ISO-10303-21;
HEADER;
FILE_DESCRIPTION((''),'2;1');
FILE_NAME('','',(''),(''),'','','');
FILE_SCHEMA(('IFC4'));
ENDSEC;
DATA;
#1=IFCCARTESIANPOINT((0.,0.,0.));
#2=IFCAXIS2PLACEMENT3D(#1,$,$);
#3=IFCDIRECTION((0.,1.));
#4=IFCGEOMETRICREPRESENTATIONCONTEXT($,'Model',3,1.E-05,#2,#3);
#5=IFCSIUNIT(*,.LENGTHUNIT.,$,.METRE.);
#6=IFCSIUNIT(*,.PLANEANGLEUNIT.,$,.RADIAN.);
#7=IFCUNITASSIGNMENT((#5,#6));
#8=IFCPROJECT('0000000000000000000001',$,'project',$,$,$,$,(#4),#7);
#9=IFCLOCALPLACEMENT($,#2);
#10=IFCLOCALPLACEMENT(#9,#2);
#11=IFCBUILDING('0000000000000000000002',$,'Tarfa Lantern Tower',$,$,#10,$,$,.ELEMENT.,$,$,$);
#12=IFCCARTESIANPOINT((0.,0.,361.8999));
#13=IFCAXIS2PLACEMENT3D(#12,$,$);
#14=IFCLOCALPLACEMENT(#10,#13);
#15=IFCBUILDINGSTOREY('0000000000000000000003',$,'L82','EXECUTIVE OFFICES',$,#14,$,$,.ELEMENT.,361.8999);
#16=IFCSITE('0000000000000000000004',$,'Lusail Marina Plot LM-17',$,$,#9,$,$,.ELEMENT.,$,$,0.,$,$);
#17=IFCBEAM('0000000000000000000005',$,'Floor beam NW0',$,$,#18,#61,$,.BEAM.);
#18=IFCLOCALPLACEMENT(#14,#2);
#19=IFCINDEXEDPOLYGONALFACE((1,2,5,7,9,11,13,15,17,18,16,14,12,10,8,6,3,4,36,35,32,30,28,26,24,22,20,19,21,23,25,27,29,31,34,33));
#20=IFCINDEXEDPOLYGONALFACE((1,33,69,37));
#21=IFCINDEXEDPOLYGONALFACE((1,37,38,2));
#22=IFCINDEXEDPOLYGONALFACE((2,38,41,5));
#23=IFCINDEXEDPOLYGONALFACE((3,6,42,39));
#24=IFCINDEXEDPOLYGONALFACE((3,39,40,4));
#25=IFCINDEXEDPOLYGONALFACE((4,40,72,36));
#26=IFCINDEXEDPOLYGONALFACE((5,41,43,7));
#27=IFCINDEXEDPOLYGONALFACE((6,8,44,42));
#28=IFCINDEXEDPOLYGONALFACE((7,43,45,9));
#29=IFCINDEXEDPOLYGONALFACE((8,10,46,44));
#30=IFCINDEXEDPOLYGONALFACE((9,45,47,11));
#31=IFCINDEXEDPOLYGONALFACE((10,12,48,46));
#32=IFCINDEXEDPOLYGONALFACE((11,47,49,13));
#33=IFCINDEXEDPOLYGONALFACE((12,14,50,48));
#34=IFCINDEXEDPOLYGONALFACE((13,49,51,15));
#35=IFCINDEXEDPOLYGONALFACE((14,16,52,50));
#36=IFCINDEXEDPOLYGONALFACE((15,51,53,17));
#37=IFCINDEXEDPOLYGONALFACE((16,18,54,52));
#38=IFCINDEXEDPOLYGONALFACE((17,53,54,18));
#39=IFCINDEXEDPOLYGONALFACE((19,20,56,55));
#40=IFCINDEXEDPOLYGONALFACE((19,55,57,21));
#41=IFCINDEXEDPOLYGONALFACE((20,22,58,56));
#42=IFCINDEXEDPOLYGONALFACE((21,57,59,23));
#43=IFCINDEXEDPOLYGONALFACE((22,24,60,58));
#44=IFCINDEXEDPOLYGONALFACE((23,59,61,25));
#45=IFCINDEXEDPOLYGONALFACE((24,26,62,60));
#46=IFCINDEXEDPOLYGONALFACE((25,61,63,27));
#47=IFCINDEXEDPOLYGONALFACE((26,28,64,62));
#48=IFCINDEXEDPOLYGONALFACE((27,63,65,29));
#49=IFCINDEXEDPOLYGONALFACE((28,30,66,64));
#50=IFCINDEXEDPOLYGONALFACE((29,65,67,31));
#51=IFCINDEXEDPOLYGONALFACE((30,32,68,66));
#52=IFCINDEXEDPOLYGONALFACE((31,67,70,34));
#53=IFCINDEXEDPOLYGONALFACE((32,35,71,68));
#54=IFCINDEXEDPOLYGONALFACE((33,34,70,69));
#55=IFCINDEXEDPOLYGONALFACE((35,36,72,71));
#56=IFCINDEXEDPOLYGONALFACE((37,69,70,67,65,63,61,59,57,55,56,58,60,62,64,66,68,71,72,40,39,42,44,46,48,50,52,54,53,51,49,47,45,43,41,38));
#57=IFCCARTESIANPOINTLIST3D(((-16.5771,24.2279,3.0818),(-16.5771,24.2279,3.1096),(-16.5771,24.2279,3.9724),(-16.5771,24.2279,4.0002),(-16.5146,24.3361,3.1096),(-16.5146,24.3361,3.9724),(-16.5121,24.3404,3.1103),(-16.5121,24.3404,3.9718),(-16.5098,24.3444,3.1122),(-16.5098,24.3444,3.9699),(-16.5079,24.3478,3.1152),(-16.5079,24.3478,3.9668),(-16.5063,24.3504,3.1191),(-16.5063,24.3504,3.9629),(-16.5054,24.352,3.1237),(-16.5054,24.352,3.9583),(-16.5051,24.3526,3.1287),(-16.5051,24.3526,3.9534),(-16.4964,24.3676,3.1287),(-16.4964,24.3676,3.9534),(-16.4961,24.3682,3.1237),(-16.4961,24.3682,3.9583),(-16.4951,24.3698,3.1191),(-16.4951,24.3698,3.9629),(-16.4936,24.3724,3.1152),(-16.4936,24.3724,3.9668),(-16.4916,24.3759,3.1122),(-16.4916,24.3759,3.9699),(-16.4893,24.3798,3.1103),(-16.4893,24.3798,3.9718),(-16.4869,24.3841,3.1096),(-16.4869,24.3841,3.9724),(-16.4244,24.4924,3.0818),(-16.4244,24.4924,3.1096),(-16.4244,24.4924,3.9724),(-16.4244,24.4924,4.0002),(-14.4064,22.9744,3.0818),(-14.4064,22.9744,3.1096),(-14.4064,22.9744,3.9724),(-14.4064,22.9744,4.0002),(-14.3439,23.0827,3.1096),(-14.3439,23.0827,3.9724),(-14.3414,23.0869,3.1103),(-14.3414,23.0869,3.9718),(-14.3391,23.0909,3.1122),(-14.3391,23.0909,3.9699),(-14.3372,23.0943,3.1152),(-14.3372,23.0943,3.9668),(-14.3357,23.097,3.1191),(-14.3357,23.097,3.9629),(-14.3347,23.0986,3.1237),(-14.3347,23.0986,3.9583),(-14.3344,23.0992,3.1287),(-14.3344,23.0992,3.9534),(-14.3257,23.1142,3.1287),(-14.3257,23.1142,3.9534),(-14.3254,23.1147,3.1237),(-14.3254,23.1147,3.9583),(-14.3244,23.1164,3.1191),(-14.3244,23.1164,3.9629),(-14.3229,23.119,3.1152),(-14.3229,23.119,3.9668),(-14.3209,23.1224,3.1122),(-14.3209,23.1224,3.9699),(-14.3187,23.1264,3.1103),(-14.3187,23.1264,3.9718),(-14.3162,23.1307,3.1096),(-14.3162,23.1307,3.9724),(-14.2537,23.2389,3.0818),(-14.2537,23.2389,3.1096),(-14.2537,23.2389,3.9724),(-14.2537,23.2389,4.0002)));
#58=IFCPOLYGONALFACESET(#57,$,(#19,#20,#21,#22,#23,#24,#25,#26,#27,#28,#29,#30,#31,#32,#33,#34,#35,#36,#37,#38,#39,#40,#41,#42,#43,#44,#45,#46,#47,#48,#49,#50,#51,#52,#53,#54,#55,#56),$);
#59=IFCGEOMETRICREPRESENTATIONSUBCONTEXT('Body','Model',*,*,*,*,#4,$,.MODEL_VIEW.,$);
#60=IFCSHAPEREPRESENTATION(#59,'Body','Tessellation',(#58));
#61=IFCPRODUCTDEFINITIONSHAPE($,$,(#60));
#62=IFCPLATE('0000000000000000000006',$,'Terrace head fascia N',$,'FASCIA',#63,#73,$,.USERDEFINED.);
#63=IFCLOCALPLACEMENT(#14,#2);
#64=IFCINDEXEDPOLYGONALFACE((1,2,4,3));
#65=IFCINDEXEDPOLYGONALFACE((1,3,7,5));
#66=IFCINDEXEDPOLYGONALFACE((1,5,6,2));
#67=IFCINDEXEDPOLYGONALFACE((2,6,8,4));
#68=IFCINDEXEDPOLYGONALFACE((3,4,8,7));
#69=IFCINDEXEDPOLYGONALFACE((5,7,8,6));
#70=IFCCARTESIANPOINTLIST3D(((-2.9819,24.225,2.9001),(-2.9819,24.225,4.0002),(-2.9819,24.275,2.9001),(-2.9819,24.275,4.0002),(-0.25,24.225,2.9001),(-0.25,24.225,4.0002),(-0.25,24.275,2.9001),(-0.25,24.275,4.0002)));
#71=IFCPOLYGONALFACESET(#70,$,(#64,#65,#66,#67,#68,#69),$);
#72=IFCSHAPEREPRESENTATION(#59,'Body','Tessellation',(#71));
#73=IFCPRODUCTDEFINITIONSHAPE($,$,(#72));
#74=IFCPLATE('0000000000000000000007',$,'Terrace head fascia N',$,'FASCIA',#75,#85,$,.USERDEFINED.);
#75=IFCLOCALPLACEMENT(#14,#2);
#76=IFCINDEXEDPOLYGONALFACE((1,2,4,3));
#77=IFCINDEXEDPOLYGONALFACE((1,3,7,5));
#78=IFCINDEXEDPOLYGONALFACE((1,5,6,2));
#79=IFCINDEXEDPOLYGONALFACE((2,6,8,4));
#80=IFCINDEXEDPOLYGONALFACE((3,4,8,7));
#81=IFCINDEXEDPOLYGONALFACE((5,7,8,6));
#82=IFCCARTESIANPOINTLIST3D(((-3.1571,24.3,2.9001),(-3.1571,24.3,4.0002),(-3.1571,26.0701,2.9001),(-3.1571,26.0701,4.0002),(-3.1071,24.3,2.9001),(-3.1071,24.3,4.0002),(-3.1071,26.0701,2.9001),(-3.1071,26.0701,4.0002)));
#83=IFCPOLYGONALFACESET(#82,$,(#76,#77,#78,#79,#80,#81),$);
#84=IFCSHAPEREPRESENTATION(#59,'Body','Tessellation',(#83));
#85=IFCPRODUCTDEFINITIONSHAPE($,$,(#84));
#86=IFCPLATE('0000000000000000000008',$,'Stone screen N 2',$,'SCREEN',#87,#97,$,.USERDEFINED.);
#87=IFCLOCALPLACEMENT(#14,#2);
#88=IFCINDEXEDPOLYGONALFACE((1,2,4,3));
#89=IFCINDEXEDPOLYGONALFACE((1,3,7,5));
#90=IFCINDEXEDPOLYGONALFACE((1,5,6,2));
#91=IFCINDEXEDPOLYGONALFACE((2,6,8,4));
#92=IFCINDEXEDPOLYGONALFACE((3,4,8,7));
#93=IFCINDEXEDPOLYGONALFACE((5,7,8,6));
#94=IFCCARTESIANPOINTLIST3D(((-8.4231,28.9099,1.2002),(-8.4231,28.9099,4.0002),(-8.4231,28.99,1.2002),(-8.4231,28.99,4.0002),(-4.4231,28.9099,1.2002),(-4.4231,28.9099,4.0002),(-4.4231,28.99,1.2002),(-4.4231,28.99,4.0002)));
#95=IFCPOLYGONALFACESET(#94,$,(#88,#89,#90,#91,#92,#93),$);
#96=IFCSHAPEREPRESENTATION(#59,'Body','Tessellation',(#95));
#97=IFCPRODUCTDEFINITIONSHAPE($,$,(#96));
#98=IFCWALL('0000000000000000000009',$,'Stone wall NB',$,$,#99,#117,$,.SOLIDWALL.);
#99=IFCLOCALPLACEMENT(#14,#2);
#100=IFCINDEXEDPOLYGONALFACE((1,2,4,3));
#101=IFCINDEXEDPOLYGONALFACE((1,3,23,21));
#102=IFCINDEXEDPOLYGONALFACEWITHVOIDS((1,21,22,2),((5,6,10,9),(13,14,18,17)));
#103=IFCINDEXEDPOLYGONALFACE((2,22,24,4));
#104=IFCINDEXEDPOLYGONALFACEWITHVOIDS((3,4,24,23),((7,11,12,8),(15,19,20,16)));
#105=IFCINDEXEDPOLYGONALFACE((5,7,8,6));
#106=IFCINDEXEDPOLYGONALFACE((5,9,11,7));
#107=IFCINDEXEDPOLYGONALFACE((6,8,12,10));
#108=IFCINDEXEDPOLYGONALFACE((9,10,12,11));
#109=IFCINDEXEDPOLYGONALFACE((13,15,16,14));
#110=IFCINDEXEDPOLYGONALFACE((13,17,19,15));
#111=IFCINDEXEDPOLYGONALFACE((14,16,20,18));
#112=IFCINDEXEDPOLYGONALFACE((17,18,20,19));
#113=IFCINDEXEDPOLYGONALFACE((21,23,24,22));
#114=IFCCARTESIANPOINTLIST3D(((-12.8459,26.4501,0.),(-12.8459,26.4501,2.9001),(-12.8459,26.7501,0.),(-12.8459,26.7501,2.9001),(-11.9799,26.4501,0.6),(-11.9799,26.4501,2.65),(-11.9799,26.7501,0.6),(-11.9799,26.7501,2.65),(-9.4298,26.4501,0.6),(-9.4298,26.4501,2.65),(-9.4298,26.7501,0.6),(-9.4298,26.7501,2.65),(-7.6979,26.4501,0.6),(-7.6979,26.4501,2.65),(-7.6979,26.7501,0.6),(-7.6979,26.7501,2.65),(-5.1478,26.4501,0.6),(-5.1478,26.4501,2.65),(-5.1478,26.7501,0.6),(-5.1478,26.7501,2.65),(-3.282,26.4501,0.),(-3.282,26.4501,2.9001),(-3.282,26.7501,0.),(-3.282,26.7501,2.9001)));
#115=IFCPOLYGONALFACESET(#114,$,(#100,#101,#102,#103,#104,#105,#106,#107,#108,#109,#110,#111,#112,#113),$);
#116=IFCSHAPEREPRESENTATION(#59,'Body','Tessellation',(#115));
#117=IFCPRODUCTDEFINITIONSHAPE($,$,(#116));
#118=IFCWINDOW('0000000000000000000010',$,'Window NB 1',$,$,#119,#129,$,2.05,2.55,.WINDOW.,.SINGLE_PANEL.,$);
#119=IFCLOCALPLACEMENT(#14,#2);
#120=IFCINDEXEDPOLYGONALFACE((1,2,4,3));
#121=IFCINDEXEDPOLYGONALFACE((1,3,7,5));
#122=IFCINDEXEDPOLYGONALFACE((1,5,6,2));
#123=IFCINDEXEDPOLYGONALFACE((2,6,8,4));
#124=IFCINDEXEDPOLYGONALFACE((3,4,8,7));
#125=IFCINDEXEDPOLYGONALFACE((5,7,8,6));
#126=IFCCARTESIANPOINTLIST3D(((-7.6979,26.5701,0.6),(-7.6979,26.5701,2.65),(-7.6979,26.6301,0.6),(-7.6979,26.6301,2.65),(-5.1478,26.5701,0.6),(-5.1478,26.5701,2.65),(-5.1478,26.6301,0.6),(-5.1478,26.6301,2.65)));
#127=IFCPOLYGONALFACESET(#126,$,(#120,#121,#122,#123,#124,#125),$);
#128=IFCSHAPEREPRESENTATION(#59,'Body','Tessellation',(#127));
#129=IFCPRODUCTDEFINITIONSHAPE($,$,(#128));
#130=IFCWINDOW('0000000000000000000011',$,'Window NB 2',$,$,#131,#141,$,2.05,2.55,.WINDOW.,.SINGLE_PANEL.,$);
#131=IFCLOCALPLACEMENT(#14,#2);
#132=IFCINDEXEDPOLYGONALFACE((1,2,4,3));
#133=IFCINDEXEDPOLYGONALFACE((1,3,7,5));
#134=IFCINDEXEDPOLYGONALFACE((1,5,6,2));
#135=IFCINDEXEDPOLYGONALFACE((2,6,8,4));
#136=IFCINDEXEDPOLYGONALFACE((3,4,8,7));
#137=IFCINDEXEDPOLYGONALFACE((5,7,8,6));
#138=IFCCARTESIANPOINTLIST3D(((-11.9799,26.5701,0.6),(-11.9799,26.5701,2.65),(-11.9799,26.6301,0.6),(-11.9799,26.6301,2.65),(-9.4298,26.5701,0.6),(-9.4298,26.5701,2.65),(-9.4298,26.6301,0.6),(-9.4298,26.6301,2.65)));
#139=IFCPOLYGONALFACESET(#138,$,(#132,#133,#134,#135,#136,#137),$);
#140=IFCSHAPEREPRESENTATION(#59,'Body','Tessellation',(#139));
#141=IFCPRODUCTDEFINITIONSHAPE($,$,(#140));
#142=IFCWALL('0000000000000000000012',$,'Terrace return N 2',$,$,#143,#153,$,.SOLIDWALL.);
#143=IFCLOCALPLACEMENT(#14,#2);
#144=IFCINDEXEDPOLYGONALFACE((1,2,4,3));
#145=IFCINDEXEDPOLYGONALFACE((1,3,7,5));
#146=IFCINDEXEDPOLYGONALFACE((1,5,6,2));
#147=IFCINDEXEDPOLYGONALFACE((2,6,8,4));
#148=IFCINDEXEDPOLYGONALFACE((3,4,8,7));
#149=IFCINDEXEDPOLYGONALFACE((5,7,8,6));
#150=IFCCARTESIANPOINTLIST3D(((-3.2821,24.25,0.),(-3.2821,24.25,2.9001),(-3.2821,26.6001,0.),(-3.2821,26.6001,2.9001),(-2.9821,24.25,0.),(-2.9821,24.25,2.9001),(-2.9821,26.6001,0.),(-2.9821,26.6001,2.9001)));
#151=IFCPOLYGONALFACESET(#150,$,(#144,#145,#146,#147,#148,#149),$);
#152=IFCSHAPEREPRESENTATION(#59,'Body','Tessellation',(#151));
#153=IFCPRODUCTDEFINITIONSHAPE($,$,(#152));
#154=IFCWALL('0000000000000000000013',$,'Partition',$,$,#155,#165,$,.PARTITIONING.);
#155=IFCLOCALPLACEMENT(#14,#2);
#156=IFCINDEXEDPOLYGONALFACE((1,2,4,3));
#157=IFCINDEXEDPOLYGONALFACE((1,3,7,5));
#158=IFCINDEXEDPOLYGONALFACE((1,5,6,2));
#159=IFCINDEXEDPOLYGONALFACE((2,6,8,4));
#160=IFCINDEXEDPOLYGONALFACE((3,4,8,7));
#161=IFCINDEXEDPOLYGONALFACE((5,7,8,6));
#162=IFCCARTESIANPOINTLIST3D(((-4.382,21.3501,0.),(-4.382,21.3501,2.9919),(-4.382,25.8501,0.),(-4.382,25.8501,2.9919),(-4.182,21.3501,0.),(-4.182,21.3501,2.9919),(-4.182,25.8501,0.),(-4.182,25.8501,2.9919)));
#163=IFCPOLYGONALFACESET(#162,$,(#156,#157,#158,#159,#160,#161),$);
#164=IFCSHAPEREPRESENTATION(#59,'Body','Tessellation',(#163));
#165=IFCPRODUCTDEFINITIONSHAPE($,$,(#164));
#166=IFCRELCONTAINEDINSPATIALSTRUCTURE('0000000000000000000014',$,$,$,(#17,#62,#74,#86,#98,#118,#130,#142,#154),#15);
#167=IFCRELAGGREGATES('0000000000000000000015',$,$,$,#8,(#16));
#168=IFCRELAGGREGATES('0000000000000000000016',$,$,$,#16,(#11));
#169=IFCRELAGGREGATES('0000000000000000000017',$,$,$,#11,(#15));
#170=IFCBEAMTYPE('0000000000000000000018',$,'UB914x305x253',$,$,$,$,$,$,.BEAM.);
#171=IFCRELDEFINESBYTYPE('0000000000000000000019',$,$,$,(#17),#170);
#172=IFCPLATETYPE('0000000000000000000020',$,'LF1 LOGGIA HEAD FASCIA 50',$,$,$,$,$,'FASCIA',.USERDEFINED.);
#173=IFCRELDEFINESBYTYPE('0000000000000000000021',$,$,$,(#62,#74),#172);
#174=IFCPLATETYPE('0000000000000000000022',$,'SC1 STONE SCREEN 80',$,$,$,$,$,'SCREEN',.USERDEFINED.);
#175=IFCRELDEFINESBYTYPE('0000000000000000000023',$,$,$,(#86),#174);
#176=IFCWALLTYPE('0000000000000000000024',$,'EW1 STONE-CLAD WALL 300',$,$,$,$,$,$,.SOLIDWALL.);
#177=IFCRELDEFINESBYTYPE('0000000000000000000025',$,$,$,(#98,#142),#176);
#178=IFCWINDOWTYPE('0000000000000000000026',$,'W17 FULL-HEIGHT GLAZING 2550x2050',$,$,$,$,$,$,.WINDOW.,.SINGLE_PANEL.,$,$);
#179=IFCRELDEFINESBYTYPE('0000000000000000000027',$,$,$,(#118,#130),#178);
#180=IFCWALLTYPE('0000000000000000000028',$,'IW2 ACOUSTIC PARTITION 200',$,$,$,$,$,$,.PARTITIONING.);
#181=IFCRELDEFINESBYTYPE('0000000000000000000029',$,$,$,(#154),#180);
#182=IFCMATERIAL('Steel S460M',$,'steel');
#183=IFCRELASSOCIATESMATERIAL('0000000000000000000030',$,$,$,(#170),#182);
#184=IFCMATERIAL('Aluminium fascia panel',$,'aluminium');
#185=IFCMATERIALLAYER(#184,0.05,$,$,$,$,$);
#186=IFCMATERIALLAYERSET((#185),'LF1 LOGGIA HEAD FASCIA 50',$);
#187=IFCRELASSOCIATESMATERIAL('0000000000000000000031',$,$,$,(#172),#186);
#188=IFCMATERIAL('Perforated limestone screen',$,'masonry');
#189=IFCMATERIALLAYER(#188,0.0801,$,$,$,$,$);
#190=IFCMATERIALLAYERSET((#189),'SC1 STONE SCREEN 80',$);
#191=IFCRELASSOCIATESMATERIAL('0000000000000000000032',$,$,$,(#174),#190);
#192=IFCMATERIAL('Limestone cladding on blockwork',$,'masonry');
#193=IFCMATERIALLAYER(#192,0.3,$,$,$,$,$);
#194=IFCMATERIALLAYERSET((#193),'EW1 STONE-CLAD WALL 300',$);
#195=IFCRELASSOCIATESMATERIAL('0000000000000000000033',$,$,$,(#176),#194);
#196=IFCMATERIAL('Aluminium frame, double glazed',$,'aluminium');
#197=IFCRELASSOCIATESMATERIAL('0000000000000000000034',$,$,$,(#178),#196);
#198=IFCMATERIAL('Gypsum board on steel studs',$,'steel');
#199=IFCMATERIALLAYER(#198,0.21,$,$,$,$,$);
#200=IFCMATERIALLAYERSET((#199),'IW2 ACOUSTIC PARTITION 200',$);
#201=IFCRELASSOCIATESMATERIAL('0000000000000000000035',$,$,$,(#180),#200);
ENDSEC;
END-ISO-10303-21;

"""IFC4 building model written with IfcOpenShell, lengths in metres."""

from ifc_helpers import new_model, si_unit, direction, frame, frame_2d, origin, origin_2d, place, context, subcontext, project, spatial, rectangle, i_section, extrude, material, layer, layer_set, material_profile, profile_set, type_object, element, fill, save


model = new_model("IFC4")

# Units and contexts
model_context = context("Model", 3, precision=1e-05, world=origin(), true_north=direction((0.0, 1.0)))
body_context = subcontext(model_context, "Body", "Model", "MODEL_VIEW")
ifc_project = project(units=[si_unit("LENGTHUNIT", "METRE"), si_unit("PLANEANGLEUNIT", "RADIAN")], contexts=[model_context])

# Site, building, storey
site_placement = place(None, origin())
site = spatial("IfcSite", under=ifc_project, at=site_placement, Name="Lusail Marina Plot LM-17", CompositionType="ELEMENT", RefElevation=0.0)
building_placement = place(site_placement, origin())
building = spatial("IfcBuilding", under=site, at=building_placement, Name="Tarfa Lantern Tower", CompositionType="ELEMENT")
storey_placement = place(building_placement, frame((0.0, 0.0, 361.8999)))
storey = spatial("IfcBuildingStorey", under=building, at=storey_placement, Name="L82", Description="EXECUTIVE OFFICES", CompositionType="ELEMENT", Elevation=361.8999)

# Beam
ifc_material_1 = material(Name="Steel S460M", Category="steel")
ifc_material_profile_1 = material_profile(ifc_material_1, i_section(OverallWidth=0.3054, OverallDepth=0.9185, WebThickness=0.0173, FlangeThickness=0.0278, FilletRadius=0.019, at=origin_2d()), Name="UB914x305x253")
ifc_profile_set_1 = profile_set([ifc_material_profile_1], Name="Steel S460M")
beam_type_1 = type_object("IfcBeamType", Name="UB914x305x253", PredefinedType="BEAM", material=ifc_profile_set_1)
beam_1_placement = place(storey_placement, frame((-16.5007, 24.3601, 3.541), z_axis=(0.865993, -0.500057, 0.0), x_axis=(0.500057, 0.865993, 0.0)))
element("IfcBeam", 1, at=beam_1_placement, inside=storey, type_object=beam_type_1, Name="Floor beam NW0", PredefinedType="BEAM", context=body_context, shape_type="SweptSolid", body=[
    extrude(i_section(OverallWidth=0.3054, OverallDepth=0.9185, WebThickness=0.0173, FlangeThickness=0.0278, FilletRadius=0.019, at=origin_2d()), origin(), (0.0, 0.0, 1.0), 2.5066),
])

# Plates
ifc_material_2 = material(Name="Aluminium fascia panel", Category="aluminium")
ifc_layer_1 = layer(ifc_material_2, 0.05)
ifc_layer_set_1 = layer_set([ifc_layer_1], Name="LF1 LOGGIA HEAD FASCIA 50")
plate_type_1 = type_object("IfcPlateType", Name="LF1 LOGGIA HEAD FASCIA 50", ElementType="FASCIA", PredefinedType="USERDEFINED", material=ifc_layer_set_1)
plate_1_placement = place(storey_placement, frame((-1.616, 24.25, 2.9001), z_axis=(0.0, 0.0, 1.0), x_axis=(-1.0, 0.0, 0.0)))
element("IfcPlate", 2, at=plate_1_placement, inside=storey, type_object=plate_type_1, Name="Terrace head fascia N", ObjectType="FASCIA", PredefinedType="USERDEFINED", context=body_context, shape_type="SweptSolid", body=[
    extrude(rectangle(XDim=2.7319, YDim=0.05, at=origin_2d()), origin(), (0.0, 0.0, 1.0), 1.1001),
])
plate_2_placement = place(storey_placement, frame((-3.1321, 25.1851, 2.9001), z_axis=(0.0, 0.0, 1.0), x_axis=(0.0, -1.0, 0.0)))
element("IfcPlate", 3, at=plate_2_placement, inside=storey, type_object=plate_type_1, Name="Terrace head fascia N", ObjectType="FASCIA", PredefinedType="USERDEFINED", context=body_context, shape_type="SweptSolid", body=[
    extrude(rectangle(XDim=1.77, YDim=0.05, at=origin_2d()), origin(), (0.0, 0.0, 1.0), 1.1001),
])
ifc_material_3 = material(Name="Perforated limestone screen", Category="masonry")
ifc_layer_2 = layer(ifc_material_3, 0.0801)
ifc_layer_set_2 = layer_set([ifc_layer_2], Name="SC1 STONE SCREEN 80")
plate_type_2 = type_object("IfcPlateType", Name="SC1 STONE SCREEN 80", ElementType="SCREEN", PredefinedType="USERDEFINED", material=ifc_layer_set_2)
plate_3_placement = place(storey_placement, frame((-6.4231, 28.95, 1.2002), z_axis=(0.0, 0.0, 1.0), x_axis=(-1.0, 0.0, 0.0)))
element("IfcPlate", 4, at=plate_3_placement, inside=storey, type_object=plate_type_2, Name="Stone screen N 2", ObjectType="SCREEN", PredefinedType="USERDEFINED", context=body_context, shape_type="SweptSolid", body=[
    extrude(rectangle(XDim=4.0, YDim=0.0801, at=origin_2d()), origin(), (0.0, 0.0, 1.0), 2.8),
])

# Wall, openings, windows
ifc_material_4 = material(Name="Limestone cladding on blockwork", Category="masonry")
ifc_layer_3 = layer(ifc_material_4, 0.3)
ifc_layer_set_3 = layer_set([ifc_layer_3], Name="EW1 STONE-CLAD WALL 300")
wall_type_1 = type_object("IfcWallType", Name="EW1 STONE-CLAD WALL 300", PredefinedType="SOLIDWALL", material=ifc_layer_set_3)
wall_1_placement = place(storey_placement, frame((-3.282, 26.6001, 0.0), z_axis=(0.0, 0.0, 1.0), x_axis=(-1.0, 0.0, 0.0)))
wall_1 = element("IfcWall", 5, at=wall_1_placement, inside=storey, type_object=wall_type_1, Name="Stone wall NB", PredefinedType="SOLIDWALL", context=body_context, shape_type="SweptSolid", body=[
    extrude(rectangle(XDim=9.564, YDim=0.3, at=frame_2d((4.782, 0.0))), origin(), (0.0, 0.0, 1.0), 2.9001),
])
opening_1_placement = place(wall_1_placement, frame((1.866, 0.0, 0.6001)))
opening_1 = element("IfcOpeningElement", 6, at=opening_1_placement, cuts=wall_1, PredefinedType="OPENING", context=body_context, shape_type="SweptSolid", body=[
    extrude(rectangle(XDim=2.55, YDim=2.05, at=frame_2d((1.2749, 1.0249))), frame((0.0, 0.1599, 0.0), z_axis=(0.0, -1.0, 0.0), x_axis=(1.0, 0.0, 0.0)), (0.0, 0.0, 1.0), 0.3201),
])
opening_2_placement = place(wall_1_placement, frame((6.1479, 0.0, 0.6001)))
opening_2 = element("IfcOpeningElement", 7, at=opening_2_placement, cuts=wall_1, PredefinedType="OPENING", context=body_context, shape_type="SweptSolid", body=[
    extrude(rectangle(XDim=2.55, YDim=2.05, at=frame_2d((1.2749, 1.0249))), frame((0.0, 0.1599, 0.0), z_axis=(0.0, -1.0, 0.0), x_axis=(1.0, 0.0, 0.0)), (0.0, 0.0, 1.0), 0.3201),
])
ifc_material_5 = material(Name="Aluminium frame, double glazed", Category="aluminium")
window_type = type_object("IfcWindowType", Name="W17 FULL-HEIGHT GLAZING 2550x2050", PartitioningType="SINGLE_PANEL", PredefinedType="WINDOW", material=ifc_material_5)
window_1_placement = place(opening_1_placement, origin())
window_1 = element("IfcWindow", 8, at=window_1_placement, inside=storey, type_object=window_type, Name="Window NB 1", OverallHeight=2.05, OverallWidth=2.55, PartitioningType="SINGLE_PANEL", PredefinedType="WINDOW", context=body_context, shape_type="SweptSolid", body=[
    extrude(rectangle(XDim=2.55, YDim=2.05, at=frame_2d((1.2749, 1.0249))), frame((0.0, 0.03, 0.0), z_axis=(0.0, -1.0, 0.0), x_axis=(1.0, 0.0, 0.0)), (0.0, 0.0, 1.0), 0.0601),
])
fill(opening_1, window_1)
window_2_placement = place(opening_2_placement, origin())
window_2 = element("IfcWindow", 9, at=window_2_placement, inside=storey, type_object=window_type, Name="Window NB 2", OverallHeight=2.05, OverallWidth=2.55, PartitioningType="SINGLE_PANEL", PredefinedType="WINDOW", context=body_context, shape_type="SweptSolid", body=[
    extrude(rectangle(XDim=2.55, YDim=2.05, at=frame_2d((1.2749, 1.0249))), frame((0.0, 0.03, 0.0), z_axis=(0.0, -1.0, 0.0), x_axis=(1.0, 0.0, 0.0)), (0.0, 0.0, 1.0), 0.0601),
])
fill(opening_2, window_2)

# Walls
wall_2_placement = place(storey_placement, frame((-3.1321, 26.6001, 0.0), z_axis=(0.0, 0.0, 1.0), x_axis=(0.0, -1.0, 0.0)))
element("IfcWall", 10, at=wall_2_placement, inside=storey, type_object=wall_type_1, Name="Terrace return N 2", PredefinedType="SOLIDWALL", context=body_context, shape_type="SweptSolid", body=[
    extrude(rectangle(XDim=2.3501, YDim=0.3, at=frame_2d((1.175, 0.0))), origin(), (0.0, 0.0, 1.0), 2.9001),
])
ifc_material_6 = material(Name="Gypsum board on steel studs", Category="steel")
ifc_layer_4 = layer(ifc_material_6, 0.21)
ifc_layer_set_4 = layer_set([ifc_layer_4], Name="IW2 ACOUSTIC PARTITION 200")
wall_type_2 = type_object("IfcWallType", Name="IW2 ACOUSTIC PARTITION 200", PredefinedType="PARTITIONING", material=ifc_layer_set_4)
wall_3_placement = place(storey_placement, frame((-4.282, 21.3501, 0.0), z_axis=(0.0, 0.0, 1.0), x_axis=(0.0, 1.0, 0.0)))
element("IfcWall", 11, at=wall_3_placement, inside=storey, type_object=wall_type_2, Name="Partition", PredefinedType="PARTITIONING", context=body_context, shape_type="SweptSolid", body=[
    extrude(rectangle(XDim=4.5, YDim=0.2, at=frame_2d((2.25, 0.0))), origin(), (0.0, 0.0, 1.0), 2.9919),
])

save(model, "model.ifc")
